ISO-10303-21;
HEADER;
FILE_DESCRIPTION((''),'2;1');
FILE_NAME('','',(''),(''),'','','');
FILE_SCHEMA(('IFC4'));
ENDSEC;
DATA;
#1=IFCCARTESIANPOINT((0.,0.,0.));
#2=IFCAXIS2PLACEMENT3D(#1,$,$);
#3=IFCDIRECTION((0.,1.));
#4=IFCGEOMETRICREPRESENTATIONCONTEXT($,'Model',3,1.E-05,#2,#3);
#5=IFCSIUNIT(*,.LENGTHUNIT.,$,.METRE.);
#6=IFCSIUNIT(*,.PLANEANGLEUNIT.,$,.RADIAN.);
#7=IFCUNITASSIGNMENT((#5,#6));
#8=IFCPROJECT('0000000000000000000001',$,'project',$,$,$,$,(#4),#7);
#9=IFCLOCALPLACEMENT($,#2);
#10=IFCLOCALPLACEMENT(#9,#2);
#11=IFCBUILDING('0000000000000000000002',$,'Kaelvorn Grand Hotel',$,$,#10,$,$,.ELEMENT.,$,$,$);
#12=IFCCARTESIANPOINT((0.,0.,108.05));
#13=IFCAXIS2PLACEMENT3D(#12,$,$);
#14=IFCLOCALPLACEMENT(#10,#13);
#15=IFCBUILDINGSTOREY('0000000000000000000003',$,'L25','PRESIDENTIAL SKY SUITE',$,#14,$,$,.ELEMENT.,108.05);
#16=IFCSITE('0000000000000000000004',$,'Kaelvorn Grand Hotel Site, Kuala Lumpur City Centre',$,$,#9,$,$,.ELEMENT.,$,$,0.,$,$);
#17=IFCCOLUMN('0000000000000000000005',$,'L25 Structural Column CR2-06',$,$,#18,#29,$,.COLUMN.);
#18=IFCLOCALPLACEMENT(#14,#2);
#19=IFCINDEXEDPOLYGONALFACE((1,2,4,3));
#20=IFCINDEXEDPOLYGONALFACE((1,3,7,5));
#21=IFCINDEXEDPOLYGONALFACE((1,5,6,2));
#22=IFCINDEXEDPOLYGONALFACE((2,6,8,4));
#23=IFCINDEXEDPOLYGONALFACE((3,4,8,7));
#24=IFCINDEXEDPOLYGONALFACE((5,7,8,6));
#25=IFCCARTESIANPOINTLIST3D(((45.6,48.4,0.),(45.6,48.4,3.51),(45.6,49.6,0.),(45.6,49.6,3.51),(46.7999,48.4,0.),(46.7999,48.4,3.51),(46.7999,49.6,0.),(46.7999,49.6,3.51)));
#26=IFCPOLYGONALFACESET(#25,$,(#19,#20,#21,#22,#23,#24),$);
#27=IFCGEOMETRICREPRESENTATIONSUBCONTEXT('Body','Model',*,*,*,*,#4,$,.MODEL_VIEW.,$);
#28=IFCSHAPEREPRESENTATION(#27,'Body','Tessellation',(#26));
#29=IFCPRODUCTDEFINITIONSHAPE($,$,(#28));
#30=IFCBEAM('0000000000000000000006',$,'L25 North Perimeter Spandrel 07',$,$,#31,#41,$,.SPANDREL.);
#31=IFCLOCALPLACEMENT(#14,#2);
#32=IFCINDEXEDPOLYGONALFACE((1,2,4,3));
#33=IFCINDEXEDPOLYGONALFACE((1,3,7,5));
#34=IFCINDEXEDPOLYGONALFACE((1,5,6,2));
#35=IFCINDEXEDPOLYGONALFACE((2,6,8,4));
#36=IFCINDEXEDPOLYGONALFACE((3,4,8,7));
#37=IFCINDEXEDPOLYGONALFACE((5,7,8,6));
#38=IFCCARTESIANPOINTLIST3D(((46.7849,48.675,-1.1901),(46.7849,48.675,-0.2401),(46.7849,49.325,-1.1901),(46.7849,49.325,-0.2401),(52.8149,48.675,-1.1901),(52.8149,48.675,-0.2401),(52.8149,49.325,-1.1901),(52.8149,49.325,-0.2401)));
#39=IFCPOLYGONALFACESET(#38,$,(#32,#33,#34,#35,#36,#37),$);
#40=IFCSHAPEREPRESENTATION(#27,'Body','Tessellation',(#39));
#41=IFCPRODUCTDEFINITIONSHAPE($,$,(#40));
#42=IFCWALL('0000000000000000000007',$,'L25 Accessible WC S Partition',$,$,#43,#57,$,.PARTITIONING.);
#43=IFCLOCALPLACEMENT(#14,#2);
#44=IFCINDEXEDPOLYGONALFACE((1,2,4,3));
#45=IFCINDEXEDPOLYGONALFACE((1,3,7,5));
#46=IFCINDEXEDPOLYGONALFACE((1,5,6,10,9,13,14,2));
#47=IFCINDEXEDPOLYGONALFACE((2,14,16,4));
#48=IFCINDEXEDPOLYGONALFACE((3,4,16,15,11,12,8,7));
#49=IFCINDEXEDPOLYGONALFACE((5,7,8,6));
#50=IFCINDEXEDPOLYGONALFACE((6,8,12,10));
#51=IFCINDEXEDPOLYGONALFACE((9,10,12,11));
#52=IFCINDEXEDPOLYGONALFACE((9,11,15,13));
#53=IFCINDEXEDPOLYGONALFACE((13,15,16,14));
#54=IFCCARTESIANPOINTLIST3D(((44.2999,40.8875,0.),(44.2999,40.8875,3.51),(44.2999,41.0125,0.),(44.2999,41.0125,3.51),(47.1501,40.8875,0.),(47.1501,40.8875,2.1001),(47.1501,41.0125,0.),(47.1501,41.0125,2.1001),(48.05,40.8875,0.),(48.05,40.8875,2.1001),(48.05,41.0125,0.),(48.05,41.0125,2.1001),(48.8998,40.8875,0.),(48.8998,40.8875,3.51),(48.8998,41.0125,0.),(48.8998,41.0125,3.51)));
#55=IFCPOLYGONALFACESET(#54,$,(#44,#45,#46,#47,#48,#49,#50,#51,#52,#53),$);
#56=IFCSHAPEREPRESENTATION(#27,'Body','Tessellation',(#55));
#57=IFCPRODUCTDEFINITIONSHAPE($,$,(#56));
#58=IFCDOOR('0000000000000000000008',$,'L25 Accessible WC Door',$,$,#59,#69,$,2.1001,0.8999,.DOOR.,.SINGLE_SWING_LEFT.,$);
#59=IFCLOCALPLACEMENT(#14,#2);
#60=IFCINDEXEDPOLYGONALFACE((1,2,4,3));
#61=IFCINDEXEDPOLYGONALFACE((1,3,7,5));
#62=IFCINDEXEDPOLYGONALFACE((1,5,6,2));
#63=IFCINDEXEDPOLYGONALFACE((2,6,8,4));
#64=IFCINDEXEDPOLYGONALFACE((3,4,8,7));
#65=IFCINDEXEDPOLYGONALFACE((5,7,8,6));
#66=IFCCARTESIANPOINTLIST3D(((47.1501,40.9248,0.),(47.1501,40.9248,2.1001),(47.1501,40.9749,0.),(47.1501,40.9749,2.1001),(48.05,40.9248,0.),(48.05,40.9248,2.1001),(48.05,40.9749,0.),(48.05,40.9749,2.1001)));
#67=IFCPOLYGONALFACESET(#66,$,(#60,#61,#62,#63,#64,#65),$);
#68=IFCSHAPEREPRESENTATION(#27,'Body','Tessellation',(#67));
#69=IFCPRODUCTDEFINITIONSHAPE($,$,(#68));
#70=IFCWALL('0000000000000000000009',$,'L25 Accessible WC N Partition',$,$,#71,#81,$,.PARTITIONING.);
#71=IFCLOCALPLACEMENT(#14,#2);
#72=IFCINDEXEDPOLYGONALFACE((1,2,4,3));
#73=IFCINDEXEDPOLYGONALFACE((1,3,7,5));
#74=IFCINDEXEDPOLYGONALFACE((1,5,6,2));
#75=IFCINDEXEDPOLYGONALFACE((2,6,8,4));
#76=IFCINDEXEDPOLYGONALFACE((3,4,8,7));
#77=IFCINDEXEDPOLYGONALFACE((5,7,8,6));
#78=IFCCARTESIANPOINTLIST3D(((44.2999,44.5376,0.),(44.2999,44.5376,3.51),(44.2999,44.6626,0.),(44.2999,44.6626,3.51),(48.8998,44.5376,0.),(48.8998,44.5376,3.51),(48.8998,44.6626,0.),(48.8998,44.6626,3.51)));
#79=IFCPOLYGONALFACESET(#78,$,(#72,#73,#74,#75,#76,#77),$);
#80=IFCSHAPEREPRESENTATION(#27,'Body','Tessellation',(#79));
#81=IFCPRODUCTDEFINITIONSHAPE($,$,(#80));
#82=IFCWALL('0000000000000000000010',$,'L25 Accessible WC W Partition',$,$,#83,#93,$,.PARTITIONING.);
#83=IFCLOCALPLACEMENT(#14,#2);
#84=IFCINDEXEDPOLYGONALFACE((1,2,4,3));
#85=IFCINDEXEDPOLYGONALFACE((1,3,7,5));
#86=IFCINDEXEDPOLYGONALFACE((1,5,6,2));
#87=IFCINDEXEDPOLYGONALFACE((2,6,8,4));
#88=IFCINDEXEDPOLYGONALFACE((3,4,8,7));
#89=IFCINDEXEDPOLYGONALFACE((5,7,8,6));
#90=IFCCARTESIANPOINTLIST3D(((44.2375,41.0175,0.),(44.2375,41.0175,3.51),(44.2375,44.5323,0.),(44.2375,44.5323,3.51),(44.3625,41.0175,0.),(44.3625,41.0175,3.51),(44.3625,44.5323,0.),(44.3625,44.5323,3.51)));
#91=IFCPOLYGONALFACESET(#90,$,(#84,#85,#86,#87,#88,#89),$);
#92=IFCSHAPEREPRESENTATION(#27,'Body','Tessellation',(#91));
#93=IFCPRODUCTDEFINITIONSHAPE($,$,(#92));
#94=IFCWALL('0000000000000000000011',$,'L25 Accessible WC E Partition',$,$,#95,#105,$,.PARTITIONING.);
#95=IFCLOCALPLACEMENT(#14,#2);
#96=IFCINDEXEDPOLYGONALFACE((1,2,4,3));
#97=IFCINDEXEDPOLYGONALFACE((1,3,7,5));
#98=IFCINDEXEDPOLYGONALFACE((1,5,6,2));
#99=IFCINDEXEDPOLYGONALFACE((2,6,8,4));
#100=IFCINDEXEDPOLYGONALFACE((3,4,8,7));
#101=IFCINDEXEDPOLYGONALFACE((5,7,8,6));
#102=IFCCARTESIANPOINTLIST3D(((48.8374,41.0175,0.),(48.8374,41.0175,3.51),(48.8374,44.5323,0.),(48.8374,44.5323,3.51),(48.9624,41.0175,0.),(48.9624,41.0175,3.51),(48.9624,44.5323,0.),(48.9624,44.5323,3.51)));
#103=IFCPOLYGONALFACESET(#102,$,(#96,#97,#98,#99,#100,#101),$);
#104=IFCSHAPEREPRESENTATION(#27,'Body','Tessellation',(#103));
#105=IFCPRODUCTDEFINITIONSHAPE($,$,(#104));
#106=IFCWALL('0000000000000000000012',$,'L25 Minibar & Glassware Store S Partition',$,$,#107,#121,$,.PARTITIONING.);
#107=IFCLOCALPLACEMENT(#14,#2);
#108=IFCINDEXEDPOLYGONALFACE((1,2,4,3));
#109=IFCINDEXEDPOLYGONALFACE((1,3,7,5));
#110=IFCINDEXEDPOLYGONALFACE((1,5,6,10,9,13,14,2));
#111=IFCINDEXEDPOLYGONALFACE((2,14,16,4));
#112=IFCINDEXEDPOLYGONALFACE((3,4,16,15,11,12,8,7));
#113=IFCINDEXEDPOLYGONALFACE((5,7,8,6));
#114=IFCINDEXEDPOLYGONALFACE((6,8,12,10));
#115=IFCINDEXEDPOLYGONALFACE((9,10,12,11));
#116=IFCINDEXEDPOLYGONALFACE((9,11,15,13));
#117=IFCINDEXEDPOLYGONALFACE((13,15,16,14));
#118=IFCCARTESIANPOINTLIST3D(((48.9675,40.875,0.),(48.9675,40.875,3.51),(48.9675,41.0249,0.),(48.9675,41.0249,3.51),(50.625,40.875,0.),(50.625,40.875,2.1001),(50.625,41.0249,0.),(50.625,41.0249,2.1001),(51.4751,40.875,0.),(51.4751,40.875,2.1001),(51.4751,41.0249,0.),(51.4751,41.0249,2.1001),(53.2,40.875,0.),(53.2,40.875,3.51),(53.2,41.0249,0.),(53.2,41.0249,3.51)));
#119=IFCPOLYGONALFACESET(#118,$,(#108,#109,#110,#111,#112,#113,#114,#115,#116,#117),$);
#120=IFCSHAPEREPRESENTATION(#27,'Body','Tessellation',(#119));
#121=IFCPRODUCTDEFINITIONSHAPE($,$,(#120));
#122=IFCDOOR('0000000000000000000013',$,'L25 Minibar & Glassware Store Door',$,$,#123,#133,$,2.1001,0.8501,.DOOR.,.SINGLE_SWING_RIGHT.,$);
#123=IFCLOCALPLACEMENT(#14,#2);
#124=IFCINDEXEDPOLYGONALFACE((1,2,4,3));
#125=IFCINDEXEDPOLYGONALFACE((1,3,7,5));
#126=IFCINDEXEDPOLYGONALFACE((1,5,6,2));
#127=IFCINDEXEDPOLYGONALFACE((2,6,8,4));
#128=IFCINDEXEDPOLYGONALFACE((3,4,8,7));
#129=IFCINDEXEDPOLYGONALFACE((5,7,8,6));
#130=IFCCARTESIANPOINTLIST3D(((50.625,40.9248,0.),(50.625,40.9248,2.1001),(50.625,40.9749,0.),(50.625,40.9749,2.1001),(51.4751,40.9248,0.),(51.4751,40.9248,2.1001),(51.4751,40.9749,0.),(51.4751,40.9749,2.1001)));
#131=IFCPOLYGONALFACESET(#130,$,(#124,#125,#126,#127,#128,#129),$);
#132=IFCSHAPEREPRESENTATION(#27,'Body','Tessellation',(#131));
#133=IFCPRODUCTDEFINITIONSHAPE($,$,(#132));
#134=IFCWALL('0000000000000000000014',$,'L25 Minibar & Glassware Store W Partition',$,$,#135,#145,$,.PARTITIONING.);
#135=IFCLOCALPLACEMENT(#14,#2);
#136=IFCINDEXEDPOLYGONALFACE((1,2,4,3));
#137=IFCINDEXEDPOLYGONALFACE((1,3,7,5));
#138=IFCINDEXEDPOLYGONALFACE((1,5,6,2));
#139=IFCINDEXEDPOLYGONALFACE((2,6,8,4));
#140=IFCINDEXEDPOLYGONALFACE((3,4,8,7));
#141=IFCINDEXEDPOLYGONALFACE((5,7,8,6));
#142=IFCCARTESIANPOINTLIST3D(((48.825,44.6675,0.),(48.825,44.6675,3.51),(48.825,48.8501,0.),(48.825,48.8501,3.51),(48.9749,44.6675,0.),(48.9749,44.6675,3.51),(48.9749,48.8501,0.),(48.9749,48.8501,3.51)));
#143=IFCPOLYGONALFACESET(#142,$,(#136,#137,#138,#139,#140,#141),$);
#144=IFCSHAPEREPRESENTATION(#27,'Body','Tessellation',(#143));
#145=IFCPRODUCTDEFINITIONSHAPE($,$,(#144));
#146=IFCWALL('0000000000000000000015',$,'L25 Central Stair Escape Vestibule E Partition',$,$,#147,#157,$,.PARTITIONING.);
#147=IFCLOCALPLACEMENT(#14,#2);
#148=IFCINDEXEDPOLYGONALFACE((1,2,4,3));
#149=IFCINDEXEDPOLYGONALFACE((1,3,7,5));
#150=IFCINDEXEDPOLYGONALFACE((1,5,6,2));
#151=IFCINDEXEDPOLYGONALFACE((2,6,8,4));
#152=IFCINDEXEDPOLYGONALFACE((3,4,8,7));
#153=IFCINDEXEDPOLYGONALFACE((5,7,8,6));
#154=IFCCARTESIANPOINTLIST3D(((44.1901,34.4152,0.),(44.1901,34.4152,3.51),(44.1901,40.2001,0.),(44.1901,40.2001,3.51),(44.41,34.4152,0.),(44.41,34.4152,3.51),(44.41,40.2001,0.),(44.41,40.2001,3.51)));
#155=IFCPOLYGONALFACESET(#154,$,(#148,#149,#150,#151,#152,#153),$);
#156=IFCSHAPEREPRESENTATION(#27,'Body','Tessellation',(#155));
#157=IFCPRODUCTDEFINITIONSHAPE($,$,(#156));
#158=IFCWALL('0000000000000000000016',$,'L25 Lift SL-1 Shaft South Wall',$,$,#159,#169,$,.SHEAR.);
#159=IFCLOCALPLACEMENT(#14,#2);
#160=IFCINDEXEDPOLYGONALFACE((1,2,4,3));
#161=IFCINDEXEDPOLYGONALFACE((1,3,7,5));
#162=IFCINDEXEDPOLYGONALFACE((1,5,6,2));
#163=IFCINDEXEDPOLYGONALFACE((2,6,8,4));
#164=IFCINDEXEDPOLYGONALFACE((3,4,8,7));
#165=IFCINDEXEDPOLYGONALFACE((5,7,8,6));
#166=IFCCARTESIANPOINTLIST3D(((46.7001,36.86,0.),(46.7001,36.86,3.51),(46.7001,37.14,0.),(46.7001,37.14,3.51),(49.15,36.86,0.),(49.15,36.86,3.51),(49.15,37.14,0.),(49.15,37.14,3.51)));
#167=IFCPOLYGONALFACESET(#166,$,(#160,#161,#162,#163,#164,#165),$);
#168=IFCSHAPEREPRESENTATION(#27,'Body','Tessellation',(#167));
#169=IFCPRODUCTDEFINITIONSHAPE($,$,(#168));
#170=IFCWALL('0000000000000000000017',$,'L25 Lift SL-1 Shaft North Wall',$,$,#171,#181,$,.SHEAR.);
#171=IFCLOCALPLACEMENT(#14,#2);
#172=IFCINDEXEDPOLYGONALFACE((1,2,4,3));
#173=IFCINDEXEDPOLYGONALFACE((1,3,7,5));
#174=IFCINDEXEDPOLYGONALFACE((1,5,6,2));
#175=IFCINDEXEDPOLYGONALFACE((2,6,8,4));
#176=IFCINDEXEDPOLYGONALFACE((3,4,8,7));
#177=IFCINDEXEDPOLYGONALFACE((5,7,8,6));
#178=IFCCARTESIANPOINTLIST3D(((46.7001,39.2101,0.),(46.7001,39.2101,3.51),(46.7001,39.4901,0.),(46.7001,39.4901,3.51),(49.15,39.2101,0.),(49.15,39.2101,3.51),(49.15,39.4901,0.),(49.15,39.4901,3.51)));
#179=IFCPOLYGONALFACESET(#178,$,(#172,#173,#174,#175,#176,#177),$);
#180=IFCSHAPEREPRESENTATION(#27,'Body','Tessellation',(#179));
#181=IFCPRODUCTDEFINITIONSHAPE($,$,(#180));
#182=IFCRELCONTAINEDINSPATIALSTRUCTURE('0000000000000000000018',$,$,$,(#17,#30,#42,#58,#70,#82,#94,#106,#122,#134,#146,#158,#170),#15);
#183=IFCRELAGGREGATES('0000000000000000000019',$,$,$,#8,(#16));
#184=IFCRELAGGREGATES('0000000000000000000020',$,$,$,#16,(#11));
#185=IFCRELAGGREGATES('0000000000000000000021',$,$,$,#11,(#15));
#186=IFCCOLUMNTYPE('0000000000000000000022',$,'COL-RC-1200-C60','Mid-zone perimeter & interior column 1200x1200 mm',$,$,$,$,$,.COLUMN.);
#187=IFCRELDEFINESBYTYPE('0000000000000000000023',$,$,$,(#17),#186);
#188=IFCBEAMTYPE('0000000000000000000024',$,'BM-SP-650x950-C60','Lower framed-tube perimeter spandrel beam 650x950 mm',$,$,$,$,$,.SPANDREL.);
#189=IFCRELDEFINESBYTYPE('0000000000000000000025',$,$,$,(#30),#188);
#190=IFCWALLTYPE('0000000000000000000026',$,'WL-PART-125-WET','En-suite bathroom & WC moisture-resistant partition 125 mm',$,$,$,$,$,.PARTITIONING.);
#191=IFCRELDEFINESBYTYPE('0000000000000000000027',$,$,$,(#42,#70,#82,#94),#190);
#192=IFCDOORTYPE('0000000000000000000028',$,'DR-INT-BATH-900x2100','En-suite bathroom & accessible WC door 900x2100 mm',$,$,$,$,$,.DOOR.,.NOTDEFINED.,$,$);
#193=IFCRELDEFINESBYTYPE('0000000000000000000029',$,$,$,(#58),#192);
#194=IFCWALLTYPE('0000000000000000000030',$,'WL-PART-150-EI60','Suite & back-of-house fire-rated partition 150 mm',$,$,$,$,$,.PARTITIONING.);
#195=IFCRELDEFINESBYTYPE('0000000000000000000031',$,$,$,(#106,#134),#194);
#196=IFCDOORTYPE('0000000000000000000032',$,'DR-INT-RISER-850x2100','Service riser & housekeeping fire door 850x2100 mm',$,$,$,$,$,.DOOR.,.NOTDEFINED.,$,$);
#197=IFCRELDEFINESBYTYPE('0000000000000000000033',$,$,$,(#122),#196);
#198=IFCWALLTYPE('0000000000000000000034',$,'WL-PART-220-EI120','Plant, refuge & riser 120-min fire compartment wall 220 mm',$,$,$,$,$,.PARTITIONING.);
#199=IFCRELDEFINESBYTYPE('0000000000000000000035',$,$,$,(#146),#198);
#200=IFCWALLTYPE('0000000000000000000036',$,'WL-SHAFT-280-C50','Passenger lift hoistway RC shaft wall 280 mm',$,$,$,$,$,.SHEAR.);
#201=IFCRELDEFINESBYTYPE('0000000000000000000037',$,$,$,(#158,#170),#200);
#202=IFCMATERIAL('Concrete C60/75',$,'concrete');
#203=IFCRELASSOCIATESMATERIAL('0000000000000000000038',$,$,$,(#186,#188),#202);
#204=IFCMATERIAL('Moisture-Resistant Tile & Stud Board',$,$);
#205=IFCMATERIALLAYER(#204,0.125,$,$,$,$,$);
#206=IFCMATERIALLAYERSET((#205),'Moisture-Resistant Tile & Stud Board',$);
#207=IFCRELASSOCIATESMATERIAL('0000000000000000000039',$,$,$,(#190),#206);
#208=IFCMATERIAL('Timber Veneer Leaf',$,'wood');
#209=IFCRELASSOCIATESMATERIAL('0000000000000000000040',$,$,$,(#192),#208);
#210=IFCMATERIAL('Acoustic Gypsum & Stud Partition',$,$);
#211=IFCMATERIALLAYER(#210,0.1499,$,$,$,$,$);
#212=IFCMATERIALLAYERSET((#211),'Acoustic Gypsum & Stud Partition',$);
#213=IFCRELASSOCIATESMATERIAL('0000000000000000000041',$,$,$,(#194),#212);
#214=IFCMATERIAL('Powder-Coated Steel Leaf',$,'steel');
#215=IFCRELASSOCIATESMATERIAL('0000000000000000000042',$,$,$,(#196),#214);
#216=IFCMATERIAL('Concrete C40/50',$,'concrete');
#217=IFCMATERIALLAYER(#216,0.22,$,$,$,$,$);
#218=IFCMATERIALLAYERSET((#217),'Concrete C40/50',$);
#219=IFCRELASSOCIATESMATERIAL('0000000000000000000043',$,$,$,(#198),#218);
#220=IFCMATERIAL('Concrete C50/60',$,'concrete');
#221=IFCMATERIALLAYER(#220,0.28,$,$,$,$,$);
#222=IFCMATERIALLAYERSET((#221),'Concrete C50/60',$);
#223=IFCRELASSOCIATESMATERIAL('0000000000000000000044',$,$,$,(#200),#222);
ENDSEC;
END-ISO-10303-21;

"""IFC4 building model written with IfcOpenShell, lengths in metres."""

from ifc_helpers import new_model, si_unit, direction, frame, frame_2d, origin, origin_2d, place, context, subcontext, project, spatial, rectangle, extrude, material, layer, layer_set, material_profile, profile_set, type_object, element, fill, save


model = new_model("IFC4")

# Units and contexts
model_context = context("Model", 3, precision=1e-05, world=origin(), true_north=direction((0.0, 1.0)))
body_context = subcontext(model_context, "Body", "Model", "MODEL_VIEW")
ifc_project = project(units=[si_unit("LENGTHUNIT", "METRE"), si_unit("PLANEANGLEUNIT", "RADIAN")], contexts=[model_context])

# Site, building, storey
site_placement = place(None, origin())
site = spatial("IfcSite", under=ifc_project, at=site_placement, Name="Kaelvorn Grand Hotel Site, Kuala Lumpur City Centre", CompositionType="ELEMENT", RefElevation=0.0)
building_placement = place(site_placement, origin())
building = spatial("IfcBuilding", under=site, at=building_placement, Name="Kaelvorn Grand Hotel", CompositionType="ELEMENT")
storey_placement = place(building_placement, frame((0.0, 0.0, 108.05)))
storey = spatial("IfcBuildingStorey", under=building, at=storey_placement, Name="L25", Description="PRESIDENTIAL SKY SUITE", CompositionType="ELEMENT", Elevation=108.05)

# Column
ifc_material_1 = material(Name="Concrete C60/75", Category="concrete")
ifc_material_profile_1 = material_profile(ifc_material_1, rectangle(XDim=1.2, YDim=1.2, at=origin_2d()), Name="RC COL 1200x1200")
ifc_profile_set_1 = profile_set([ifc_material_profile_1], Name="Concrete C60/75")
column_type = type_object("IfcColumnType", Name="COL-RC-1200-C60", Description="Mid-zone perimeter & interior column 1200x1200 mm", PredefinedType="COLUMN", material=ifc_profile_set_1)
column_placement = place(storey_placement, frame((46.2, 49.0, 0.0), z_axis=(0.0, 0.0, 1.0), x_axis=(1.0, 0.0, 0.0)))
element("IfcColumn", 1, at=column_placement, inside=storey, type_object=column_type, Name="L25 Structural Column CR2-06", PredefinedType="COLUMN", context=body_context, shape_type="SweptSolid", body=[
    extrude(rectangle(XDim=1.2, YDim=1.2, at=origin_2d()), origin(), (0.0, 0.0, 1.0), 3.51),
])

# Beam
ifc_material_profile_2 = material_profile(ifc_material_1, rectangle(XDim=0.6499, YDim=0.95, at=origin_2d()), Name="RC SPANDREL 650x950")
ifc_profile_set_2 = profile_set([ifc_material_profile_2], Name="Concrete C60/75")
beam_type = type_object("IfcBeamType", Name="BM-SP-650x950-C60", Description="Lower framed-tube perimeter spandrel beam 650x950 mm", PredefinedType="SPANDREL", material=ifc_profile_set_2)
beam_placement = place(storey_placement, frame((46.7849, 49.0, -0.7151), z_axis=(1.0, 0.0, 0.0), x_axis=(0.0, 1.0, 0.0)))
element("IfcBeam", 2, at=beam_placement, inside=storey, type_object=beam_type, Name="L25 North Perimeter Spandrel 07", PredefinedType="SPANDREL", context=body_context, shape_type="SweptSolid", body=[
    extrude(rectangle(XDim=0.6499, YDim=0.95, at=origin_2d()), origin(), (0.0, 0.0, 1.0), 6.03),
])

# Wall, opening, door
ifc_material_2 = material(Name="Moisture-Resistant Tile & Stud Board")
ifc_layer_1 = layer(ifc_material_2, 0.125)
ifc_layer_set_1 = layer_set([ifc_layer_1], Name="Moisture-Resistant Tile & Stud Board")
wall_type_1 = type_object("IfcWallType", Name="WL-PART-125-WET", Description="En-suite bathroom & WC moisture-resistant partition 125 mm", PredefinedType="PARTITIONING", material=ifc_layer_set_1)
wall_1_placement = place(storey_placement, frame((44.3, 40.95, 0.0), z_axis=(0.0, 0.0, 1.0), x_axis=(1.0, 0.0, 0.0)))
wall_1 = element("IfcWall", 3, at=wall_1_placement, inside=storey, type_object=wall_type_1, Name="L25 Accessible WC S Partition", PredefinedType="PARTITIONING", context=body_context, shape_type="SweptSolid", body=[
    extrude(rectangle(XDim=4.5999, YDim=0.125, at=frame_2d((2.2998, 0.0))), origin(), (0.0, 0.0, 1.0), 3.51),
])
opening_1_placement = place(wall_1_placement, frame((2.8501, 0.0, 0.0)))
opening_1 = element("IfcOpeningElement", 4, at=opening_1_placement, cuts=wall_1, PredefinedType="OPENING", context=body_context, shape_type="SweptSolid", body=[
    extrude(rectangle(XDim=0.8999, YDim=2.1001, at=frame_2d((0.45, 1.05))), frame((0.0, 0.0725, 0.0), z_axis=(0.0, -1.0, 0.0), x_axis=(1.0, 0.0, 0.0)), (0.0, 0.0, 1.0), 0.145),
])
ifc_material_3 = material(Name="Timber Veneer Leaf", Category="wood")
door_type_1 = type_object("IfcDoorType", Name="DR-INT-BATH-900x2100", Description="En-suite bathroom & accessible WC door 900x2100 mm", OperationType="NOTDEFINED", PredefinedType="DOOR", material=ifc_material_3)
door_1_placement = place(opening_1_placement, origin())
door_1 = element("IfcDoor", 5, at=door_1_placement, inside=storey, type_object=door_type_1, Name="L25 Accessible WC Door", OperationType="SINGLE_SWING_LEFT", OverallHeight=2.1001, OverallWidth=0.8999, PredefinedType="DOOR", context=body_context, shape_type="SweptSolid", body=[
    extrude(rectangle(XDim=0.8999, YDim=2.1001, at=frame_2d((0.45, 1.05))), frame((0.0, 0.0249, 0.0), z_axis=(0.0, -1.0, 0.0), x_axis=(1.0, 0.0, 0.0)), (0.0, 0.0, 1.0), 0.05),
])
fill(opening_1, door_1)

# Walls
wall_2_placement = place(storey_placement, frame((44.3, 44.6001, 0.0), z_axis=(0.0, 0.0, 1.0), x_axis=(1.0, 0.0, 0.0)))
element("IfcWall", 6, at=wall_2_placement, inside=storey, type_object=wall_type_1, Name="L25 Accessible WC N Partition", PredefinedType="PARTITIONING", context=body_context, shape_type="SweptSolid", body=[
    extrude(rectangle(XDim=4.5999, YDim=0.125, at=frame_2d((2.2998, 0.0))), origin(), (0.0, 0.0, 1.0), 3.51),
])
for number, where, z_axis, x_axis, name in (
    (7, (44.3, 41.0176, 0.0), (0.0, 0.0, 1.0), (0.0, 1.0, 0.0), "L25 Accessible WC W Partition"),
    (8, (48.8999, 41.0176, 0.0), (0.0, 0.0, 1.0), (0.0, 1.0, 0.0), "L25 Accessible WC E Partition"),
):
    element("IfcWall", number, at=place(storey_placement, frame(where, z_axis=z_axis, x_axis=x_axis)), inside=storey, type_object=wall_type_1, Name=name, PredefinedType="PARTITIONING", context=body_context, shape_type="SweptSolid", body=[
        extrude(rectangle(XDim=3.5149, YDim=0.125, at=frame_2d((1.7573, 0.0))), origin(), (0.0, 0.0, 1.0), 3.51),
    ])

# Wall, opening, door
ifc_material_4 = material(Name="Acoustic Gypsum & Stud Partition")
ifc_layer_2 = layer(ifc_material_4, 0.1499)
ifc_layer_set_2 = layer_set([ifc_layer_2], Name="Acoustic Gypsum & Stud Partition")
wall_type_2 = type_object("IfcWallType", Name="WL-PART-150-EI60", Description="Suite & back-of-house fire-rated partition 150 mm", PredefinedType="PARTITIONING", material=ifc_layer_set_2)
wall_3_placement = place(storey_placement, frame((48.9675, 40.95, 0.0), z_axis=(0.0, 0.0, 1.0), x_axis=(1.0, 0.0, 0.0)))
wall_3 = element("IfcWall", 9, at=wall_3_placement, inside=storey, type_object=wall_type_2, Name="L25 Minibar & Glassware Store S Partition", PredefinedType="PARTITIONING", context=body_context, shape_type="SweptSolid", body=[
    extrude(rectangle(XDim=4.2324, YDim=0.1499, at=frame_2d((2.1162, 0.0))), origin(), (0.0, 0.0, 1.0), 3.51),
])
opening_2_placement = place(wall_3_placement, frame((1.6575, 0.0, 0.0)))
opening_2 = element("IfcOpeningElement", 10, at=opening_2_placement, cuts=wall_3, PredefinedType="OPENING", context=body_context, shape_type="SweptSolid", body=[
    extrude(rectangle(XDim=0.8501, YDim=2.1001, at=frame_2d((0.425, 1.05))), frame((0.0, 0.085, 0.0), z_axis=(0.0, -1.0, 0.0), x_axis=(1.0, 0.0, 0.0)), (0.0, 0.0, 1.0), 0.1699),
])
ifc_material_5 = material(Name="Powder-Coated Steel Leaf", Category="steel")
door_type_2 = type_object("IfcDoorType", Name="DR-INT-RISER-850x2100", Description="Service riser & housekeeping fire door 850x2100 mm", OperationType="NOTDEFINED", PredefinedType="DOOR", material=ifc_material_5)
door_2_placement = place(opening_2_placement, origin())
door_2 = element("IfcDoor", 11, at=door_2_placement, inside=storey, type_object=door_type_2, Name="L25 Minibar & Glassware Store Door", OperationType="SINGLE_SWING_RIGHT", OverallHeight=2.1001, OverallWidth=0.8501, PredefinedType="DOOR", context=body_context, shape_type="SweptSolid", body=[
    extrude(rectangle(XDim=0.8501, YDim=2.1001, at=frame_2d((0.425, 1.05))), frame((0.0, 0.0249, 0.0), z_axis=(0.0, -1.0, 0.0), x_axis=(1.0, 0.0, 0.0)), (0.0, 0.0, 1.0), 0.05),
])
fill(opening_2, door_2)

# Walls
wall_4_placement = place(storey_placement, frame((48.8999, 44.6675, 0.0), z_axis=(0.0, 0.0, 1.0), x_axis=(0.0, 1.0, 0.0)))
element("IfcWall", 12, at=wall_4_placement, inside=storey, type_object=wall_type_2, Name="L25 Minibar & Glassware Store W Partition", PredefinedType="PARTITIONING", context=body_context, shape_type="SweptSolid", body=[
    extrude(rectangle(XDim=4.1826, YDim=0.1499, at=frame_2d((2.0913, 0.0))), origin(), (0.0, 0.0, 1.0), 3.51),
])
ifc_material_6 = material(Name="Concrete C40/50", Category="concrete")
ifc_layer_3 = layer(ifc_material_6, 0.22)
ifc_layer_set_3 = layer_set([ifc_layer_3], Name="Concrete C40/50")
wall_type_3 = type_object("IfcWallType", Name="WL-PART-220-EI120", Description="Plant, refuge & riser 120-min fire compartment wall 220 mm", PredefinedType="PARTITIONING", material=ifc_layer_set_3)
wall_5_placement = place(storey_placement, frame((44.3, 34.415, 0.0), z_axis=(0.0, 0.0, 1.0), x_axis=(0.0, 1.0, 0.0)))
element("IfcWall", 13, at=wall_5_placement, inside=storey, type_object=wall_type_3, Name="L25 Central Stair Escape Vestibule E Partition", PredefinedType="PARTITIONING", context=body_context, shape_type="SweptSolid", body=[
    extrude(rectangle(XDim=5.7849, YDim=0.22, at=frame_2d((2.8926, 0.0))), origin(), (0.0, 0.0, 1.0), 3.51),
])
ifc_material_7 = material(Name="Concrete C50/60", Category="concrete")
ifc_layer_4 = layer(ifc_material_7, 0.28)
ifc_layer_set_4 = layer_set([ifc_layer_4], Name="Concrete C50/60")
wall_type_4 = type_object("IfcWallType", Name="WL-SHAFT-280-C50", Description="Passenger lift hoistway RC shaft wall 280 mm", PredefinedType="SHEAR", material=ifc_layer_set_4)
for number, where, z_axis, x_axis, name in (
    (14, (46.7, 37.0, 0.0), (0.0, 0.0, 1.0), (1.0, 0.0, 0.0), "L25 Lift SL-1 Shaft South Wall"),
    (15, (46.7, 39.3501, 0.0), (0.0, 0.0, 1.0), (1.0, 0.0, 0.0), "L25 Lift SL-1 Shaft North Wall"),
):
    element("IfcWall", number, at=place(storey_placement, frame(where, z_axis=z_axis, x_axis=x_axis)), inside=storey, type_object=wall_type_4, Name=name, PredefinedType="SHEAR", context=body_context, shape_type="SweptSolid", body=[
        extrude(rectangle(XDim=2.45, YDim=0.28, at=frame_2d((1.2251, 0.0))), origin(), (0.0, 0.0, 1.0), 3.51),
    ])

save(model, "model.ifc")
